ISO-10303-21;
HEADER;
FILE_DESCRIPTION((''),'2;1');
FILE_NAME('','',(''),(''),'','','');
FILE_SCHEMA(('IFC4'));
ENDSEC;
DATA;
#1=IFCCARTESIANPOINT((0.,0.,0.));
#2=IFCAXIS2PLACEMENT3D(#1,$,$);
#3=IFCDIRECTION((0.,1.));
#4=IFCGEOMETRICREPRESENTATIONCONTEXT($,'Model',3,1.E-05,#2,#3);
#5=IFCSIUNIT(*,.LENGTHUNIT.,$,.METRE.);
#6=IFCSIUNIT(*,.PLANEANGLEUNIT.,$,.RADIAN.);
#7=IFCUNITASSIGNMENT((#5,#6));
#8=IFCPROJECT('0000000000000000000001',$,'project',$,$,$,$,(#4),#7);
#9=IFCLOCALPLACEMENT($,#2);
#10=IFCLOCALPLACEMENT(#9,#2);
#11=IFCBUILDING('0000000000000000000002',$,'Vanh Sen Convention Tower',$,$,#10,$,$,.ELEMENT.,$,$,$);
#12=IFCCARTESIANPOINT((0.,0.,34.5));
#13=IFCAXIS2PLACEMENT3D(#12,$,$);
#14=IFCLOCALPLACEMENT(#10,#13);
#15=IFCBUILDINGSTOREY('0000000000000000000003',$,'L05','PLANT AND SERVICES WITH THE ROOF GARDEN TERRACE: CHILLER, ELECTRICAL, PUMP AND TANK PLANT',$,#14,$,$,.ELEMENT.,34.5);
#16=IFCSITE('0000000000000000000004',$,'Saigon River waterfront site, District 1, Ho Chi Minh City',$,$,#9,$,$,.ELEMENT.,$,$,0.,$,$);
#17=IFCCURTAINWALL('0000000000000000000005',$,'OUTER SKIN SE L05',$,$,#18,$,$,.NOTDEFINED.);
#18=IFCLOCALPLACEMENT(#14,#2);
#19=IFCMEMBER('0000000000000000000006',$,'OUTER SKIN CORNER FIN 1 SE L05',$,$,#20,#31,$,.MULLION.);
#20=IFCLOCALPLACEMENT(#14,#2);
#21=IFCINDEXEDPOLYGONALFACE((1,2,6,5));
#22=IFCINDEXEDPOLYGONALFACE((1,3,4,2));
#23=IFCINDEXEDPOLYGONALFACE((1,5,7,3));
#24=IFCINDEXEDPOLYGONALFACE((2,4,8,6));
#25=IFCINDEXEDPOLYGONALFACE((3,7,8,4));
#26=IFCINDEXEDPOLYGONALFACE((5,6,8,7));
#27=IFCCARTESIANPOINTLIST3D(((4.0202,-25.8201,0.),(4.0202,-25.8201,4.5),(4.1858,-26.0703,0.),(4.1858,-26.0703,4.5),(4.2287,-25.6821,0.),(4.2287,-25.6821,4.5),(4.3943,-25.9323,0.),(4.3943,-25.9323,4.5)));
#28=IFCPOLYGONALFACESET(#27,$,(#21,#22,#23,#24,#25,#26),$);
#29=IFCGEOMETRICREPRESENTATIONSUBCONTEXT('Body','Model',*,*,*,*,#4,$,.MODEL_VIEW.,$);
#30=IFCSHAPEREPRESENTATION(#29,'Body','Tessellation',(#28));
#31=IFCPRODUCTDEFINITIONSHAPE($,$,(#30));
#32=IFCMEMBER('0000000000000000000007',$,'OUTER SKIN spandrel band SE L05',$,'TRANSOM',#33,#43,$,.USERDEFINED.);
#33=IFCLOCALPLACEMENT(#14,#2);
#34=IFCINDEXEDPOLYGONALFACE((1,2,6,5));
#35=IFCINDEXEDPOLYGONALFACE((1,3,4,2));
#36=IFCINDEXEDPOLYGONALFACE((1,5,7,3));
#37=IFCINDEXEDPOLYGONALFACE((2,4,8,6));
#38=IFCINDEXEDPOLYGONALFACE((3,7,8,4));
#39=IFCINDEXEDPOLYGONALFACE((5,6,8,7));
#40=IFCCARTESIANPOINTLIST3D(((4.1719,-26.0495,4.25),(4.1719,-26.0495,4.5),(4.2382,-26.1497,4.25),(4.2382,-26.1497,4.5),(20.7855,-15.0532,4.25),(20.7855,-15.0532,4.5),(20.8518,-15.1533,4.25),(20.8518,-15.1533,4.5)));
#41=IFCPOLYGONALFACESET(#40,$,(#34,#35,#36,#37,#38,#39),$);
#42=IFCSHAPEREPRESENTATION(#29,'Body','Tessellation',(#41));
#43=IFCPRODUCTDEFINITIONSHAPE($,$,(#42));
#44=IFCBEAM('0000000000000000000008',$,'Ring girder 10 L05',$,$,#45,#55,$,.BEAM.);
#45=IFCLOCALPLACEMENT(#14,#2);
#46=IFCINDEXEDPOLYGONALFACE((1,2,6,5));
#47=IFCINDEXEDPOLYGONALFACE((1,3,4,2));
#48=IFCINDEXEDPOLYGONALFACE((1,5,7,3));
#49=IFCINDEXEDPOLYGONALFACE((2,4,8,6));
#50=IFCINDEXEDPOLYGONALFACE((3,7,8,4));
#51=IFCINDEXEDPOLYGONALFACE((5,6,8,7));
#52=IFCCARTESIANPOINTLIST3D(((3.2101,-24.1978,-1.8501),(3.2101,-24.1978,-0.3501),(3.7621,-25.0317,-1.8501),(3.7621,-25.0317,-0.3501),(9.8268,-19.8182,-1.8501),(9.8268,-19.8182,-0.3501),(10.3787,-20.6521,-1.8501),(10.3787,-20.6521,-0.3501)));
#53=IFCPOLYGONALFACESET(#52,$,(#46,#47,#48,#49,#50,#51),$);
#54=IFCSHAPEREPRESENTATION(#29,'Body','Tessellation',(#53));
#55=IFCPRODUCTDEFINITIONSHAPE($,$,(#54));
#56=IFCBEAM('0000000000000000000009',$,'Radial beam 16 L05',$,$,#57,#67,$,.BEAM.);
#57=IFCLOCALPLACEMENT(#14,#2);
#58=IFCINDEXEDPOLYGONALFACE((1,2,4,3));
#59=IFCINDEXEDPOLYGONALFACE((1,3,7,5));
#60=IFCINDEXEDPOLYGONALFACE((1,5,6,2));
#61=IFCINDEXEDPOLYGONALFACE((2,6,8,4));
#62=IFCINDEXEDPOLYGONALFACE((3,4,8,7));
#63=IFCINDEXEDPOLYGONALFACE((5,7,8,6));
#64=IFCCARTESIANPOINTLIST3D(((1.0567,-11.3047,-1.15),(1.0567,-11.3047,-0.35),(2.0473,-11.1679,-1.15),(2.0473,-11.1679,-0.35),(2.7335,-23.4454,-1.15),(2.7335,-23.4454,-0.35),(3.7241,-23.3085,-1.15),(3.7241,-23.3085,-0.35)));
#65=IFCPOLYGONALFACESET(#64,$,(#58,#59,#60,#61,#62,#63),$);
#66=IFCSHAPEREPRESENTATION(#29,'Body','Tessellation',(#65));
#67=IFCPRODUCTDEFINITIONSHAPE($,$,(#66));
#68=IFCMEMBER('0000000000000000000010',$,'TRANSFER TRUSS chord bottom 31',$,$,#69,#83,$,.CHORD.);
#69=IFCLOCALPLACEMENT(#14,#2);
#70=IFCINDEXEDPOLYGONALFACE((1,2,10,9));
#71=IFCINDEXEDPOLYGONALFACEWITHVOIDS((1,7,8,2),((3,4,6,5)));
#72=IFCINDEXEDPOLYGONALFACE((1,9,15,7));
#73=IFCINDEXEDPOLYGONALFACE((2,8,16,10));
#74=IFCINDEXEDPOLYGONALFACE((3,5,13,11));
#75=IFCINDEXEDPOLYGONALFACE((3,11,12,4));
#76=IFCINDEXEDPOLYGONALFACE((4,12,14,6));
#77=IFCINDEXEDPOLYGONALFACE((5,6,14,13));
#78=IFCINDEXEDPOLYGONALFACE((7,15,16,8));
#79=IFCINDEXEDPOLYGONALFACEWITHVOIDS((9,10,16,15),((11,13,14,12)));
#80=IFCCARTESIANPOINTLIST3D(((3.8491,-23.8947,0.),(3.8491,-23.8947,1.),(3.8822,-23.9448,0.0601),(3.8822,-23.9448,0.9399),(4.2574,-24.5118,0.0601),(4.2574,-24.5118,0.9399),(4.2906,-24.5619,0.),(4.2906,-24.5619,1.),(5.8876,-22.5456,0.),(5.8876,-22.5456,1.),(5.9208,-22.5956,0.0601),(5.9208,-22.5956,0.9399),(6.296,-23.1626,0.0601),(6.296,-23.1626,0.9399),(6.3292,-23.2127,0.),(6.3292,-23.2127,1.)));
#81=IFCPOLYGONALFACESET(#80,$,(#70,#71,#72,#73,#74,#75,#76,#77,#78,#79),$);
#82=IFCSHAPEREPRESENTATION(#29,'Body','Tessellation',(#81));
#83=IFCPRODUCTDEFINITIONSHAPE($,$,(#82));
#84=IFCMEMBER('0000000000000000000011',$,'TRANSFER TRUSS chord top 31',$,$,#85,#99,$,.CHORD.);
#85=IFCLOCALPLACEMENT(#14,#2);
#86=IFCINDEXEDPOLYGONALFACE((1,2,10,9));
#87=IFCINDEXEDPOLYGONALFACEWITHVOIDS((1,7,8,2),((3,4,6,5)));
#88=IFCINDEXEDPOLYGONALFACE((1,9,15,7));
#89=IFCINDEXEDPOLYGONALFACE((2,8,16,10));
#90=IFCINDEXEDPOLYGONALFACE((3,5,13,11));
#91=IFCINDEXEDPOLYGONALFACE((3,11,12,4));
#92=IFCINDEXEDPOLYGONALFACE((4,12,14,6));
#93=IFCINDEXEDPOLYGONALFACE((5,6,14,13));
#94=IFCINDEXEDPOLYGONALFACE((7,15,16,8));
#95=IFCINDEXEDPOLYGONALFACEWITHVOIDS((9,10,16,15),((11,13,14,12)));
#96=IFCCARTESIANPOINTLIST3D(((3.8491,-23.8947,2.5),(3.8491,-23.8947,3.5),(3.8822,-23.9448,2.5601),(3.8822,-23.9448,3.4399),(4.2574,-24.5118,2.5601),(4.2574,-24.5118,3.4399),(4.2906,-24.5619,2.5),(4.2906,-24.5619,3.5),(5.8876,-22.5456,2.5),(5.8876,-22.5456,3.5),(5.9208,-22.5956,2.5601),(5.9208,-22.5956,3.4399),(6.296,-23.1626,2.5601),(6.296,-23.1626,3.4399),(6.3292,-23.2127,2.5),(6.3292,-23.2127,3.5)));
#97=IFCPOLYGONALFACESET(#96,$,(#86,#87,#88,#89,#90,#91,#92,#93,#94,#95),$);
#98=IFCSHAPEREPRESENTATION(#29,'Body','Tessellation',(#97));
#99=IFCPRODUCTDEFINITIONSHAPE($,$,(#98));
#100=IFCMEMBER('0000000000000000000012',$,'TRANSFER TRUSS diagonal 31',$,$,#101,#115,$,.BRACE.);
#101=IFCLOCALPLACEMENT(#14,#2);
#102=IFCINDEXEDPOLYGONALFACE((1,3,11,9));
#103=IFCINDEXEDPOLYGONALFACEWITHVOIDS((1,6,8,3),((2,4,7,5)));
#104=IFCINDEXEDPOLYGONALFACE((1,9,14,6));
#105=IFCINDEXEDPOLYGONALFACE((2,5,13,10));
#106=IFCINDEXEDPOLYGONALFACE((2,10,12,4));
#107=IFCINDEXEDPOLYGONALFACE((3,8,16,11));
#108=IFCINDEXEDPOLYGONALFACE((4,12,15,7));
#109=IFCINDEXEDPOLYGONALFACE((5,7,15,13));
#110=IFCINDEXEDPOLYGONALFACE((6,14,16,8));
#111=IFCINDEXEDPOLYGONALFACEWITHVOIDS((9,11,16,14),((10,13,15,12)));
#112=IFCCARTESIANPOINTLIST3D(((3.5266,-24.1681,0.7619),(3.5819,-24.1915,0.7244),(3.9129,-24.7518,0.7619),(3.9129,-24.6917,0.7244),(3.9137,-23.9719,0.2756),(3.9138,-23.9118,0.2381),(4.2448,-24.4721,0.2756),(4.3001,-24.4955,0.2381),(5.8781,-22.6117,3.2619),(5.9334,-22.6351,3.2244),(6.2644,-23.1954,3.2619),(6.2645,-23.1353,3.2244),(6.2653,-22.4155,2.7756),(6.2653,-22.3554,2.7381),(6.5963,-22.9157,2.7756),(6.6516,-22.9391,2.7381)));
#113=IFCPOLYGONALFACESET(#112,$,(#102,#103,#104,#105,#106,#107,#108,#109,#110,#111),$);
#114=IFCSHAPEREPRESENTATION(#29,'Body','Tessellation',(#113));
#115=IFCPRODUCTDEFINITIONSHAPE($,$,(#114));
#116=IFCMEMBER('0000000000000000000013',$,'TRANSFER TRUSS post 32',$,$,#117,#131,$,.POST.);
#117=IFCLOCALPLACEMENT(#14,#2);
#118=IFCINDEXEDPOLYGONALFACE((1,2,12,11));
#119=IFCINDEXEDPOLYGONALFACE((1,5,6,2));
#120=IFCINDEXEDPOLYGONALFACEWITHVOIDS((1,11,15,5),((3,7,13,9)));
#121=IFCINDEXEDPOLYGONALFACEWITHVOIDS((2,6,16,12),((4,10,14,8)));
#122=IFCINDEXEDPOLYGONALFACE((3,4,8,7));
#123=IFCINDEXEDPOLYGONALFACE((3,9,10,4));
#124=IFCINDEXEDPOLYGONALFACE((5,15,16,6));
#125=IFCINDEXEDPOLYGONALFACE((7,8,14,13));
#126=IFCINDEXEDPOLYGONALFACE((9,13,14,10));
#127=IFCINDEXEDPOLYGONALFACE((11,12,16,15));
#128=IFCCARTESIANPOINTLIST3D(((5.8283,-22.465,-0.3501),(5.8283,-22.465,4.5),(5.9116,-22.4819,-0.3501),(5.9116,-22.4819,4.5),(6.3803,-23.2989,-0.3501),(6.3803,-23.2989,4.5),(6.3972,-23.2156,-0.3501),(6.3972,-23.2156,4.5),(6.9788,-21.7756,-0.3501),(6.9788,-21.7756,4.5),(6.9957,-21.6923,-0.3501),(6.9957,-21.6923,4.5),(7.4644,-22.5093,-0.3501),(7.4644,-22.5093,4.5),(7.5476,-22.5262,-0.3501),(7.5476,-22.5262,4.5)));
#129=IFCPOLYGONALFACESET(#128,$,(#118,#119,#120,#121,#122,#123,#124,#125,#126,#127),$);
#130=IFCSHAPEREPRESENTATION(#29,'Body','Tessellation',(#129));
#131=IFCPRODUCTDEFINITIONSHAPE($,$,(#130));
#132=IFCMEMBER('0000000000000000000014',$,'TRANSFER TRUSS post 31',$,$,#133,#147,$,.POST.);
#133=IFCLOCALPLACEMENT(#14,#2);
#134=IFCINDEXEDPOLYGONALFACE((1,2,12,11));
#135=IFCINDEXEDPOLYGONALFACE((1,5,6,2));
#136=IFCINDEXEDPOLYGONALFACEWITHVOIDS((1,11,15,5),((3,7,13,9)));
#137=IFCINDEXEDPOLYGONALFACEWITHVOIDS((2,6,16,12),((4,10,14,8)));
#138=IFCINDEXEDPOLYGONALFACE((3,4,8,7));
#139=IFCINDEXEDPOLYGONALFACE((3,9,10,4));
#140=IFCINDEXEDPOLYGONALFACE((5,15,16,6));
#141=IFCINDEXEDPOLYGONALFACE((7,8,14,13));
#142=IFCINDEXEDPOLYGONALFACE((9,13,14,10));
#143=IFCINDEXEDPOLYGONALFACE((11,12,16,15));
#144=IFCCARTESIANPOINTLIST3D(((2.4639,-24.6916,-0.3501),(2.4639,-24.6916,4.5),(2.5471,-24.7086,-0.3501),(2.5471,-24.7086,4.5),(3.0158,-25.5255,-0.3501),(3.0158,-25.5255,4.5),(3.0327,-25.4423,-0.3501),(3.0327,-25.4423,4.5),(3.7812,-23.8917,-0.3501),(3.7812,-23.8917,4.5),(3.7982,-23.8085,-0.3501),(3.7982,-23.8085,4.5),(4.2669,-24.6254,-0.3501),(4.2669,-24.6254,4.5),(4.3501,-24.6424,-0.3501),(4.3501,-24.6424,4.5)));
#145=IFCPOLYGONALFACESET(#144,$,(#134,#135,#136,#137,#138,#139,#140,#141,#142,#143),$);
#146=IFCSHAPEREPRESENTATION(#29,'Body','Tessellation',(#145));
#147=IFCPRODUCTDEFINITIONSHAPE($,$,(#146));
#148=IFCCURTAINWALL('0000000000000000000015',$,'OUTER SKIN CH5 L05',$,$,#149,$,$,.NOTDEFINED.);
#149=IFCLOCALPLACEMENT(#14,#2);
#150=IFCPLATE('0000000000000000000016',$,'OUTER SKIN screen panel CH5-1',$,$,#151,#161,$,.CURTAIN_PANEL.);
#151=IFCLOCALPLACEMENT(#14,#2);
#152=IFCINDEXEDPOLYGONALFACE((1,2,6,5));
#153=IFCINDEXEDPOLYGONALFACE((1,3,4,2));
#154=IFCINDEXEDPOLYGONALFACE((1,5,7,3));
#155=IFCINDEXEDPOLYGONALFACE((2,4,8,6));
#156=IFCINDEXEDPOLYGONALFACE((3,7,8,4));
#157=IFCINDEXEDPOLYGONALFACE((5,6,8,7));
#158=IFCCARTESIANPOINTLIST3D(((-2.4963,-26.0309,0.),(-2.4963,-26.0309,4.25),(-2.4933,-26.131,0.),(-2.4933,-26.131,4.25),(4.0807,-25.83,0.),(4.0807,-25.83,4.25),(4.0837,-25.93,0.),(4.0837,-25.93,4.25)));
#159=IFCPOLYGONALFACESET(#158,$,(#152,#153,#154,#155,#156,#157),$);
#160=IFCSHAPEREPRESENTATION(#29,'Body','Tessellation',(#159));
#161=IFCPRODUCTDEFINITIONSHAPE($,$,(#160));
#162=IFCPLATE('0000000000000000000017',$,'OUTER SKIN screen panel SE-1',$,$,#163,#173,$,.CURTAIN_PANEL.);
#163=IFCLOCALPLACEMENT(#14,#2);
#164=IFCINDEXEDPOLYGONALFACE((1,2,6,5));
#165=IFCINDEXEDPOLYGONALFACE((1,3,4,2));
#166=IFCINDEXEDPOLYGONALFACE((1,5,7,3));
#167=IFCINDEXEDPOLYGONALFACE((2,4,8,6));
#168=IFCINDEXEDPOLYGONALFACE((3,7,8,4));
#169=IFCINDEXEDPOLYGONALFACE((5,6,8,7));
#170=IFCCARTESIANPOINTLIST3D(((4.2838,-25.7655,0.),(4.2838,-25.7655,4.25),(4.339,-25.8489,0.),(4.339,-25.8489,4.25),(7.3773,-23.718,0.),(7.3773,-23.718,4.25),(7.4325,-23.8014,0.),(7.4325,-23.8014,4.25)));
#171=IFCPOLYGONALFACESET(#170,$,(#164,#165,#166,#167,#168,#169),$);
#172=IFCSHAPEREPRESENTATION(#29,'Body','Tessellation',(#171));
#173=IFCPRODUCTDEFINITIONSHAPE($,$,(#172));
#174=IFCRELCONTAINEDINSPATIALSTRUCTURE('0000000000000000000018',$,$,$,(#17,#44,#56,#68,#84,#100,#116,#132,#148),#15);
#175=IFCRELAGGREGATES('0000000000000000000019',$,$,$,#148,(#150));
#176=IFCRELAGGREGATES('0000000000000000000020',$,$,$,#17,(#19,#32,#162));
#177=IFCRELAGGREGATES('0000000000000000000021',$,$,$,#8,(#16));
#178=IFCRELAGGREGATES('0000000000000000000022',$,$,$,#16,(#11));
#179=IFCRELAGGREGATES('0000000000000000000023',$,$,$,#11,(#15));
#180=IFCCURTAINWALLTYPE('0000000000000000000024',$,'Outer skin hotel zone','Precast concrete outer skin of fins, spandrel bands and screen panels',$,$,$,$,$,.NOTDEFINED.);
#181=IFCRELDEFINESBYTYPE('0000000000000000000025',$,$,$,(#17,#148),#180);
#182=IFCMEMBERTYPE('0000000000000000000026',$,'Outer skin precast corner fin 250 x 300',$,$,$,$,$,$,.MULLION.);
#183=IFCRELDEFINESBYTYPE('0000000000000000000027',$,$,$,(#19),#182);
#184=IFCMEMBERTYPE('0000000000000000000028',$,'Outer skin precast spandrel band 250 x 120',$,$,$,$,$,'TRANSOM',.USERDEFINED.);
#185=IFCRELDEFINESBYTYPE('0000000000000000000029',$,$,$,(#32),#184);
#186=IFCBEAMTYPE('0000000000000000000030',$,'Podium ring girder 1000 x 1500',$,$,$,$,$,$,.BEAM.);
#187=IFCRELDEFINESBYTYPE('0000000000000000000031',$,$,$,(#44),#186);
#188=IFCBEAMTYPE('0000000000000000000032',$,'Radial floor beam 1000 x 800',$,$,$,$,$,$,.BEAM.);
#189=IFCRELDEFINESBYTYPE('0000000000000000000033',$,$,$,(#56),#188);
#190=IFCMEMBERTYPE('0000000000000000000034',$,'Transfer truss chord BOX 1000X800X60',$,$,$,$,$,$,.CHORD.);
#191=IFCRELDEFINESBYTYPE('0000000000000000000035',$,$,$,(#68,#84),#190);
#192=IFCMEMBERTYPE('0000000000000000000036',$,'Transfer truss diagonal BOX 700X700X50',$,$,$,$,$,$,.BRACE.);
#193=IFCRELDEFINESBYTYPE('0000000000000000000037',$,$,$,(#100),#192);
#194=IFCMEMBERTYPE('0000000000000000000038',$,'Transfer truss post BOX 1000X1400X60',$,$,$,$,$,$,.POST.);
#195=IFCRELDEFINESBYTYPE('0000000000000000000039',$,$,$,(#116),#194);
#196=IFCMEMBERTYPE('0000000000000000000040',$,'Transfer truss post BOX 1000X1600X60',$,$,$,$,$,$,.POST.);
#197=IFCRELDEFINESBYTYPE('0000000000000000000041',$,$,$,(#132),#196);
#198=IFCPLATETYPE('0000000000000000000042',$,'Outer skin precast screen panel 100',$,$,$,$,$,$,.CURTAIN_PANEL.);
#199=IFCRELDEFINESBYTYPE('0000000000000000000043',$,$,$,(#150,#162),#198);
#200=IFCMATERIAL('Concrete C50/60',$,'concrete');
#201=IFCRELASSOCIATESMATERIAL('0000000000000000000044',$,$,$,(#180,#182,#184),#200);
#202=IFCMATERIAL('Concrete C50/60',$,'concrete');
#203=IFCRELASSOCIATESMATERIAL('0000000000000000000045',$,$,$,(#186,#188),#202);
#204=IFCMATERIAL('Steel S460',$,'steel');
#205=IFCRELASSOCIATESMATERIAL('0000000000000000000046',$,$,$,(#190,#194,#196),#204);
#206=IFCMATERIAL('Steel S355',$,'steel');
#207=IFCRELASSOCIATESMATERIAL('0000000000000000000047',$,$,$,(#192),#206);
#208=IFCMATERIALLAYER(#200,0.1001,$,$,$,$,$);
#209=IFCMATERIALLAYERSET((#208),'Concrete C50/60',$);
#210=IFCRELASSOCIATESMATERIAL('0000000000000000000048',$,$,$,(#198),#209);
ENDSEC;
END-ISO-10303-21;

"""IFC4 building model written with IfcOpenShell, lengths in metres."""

from ifc_helpers import new_model, si_unit, direction, frame, origin, origin_2d, place, context, subcontext, project, spatial, rectangle, hollow_rectangle, extrude, material, layer, layer_set, material_profile, profile_set, type_object, element, aggregate, save


model = new_model("IFC4")

# Units and contexts
model_context = context("Model", 3, precision=1e-05, world=origin(), true_north=direction((0.0, 1.0)))
body_context = subcontext(model_context, "Body", "Model", "MODEL_VIEW")
ifc_project = project(units=[si_unit("LENGTHUNIT", "METRE"), si_unit("PLANEANGLEUNIT", "RADIAN")], contexts=[model_context])

# Site, building, storey
site_placement = place(None, origin())
site = spatial("IfcSite", under=ifc_project, at=site_placement, Name="Saigon River waterfront site, District 1, Ho Chi Minh City", CompositionType="ELEMENT", RefElevation=0.0)
building_placement = place(site_placement, origin())
building = spatial("IfcBuilding", under=site, at=building_placement, Name="Vanh Sen Convention Tower", CompositionType="ELEMENT")
storey_placement = place(building_placement, frame((0.0, 0.0, 34.5)))
storey = spatial("IfcBuildingStorey", under=building, at=storey_placement, Name="L05", Description="PLANT AND SERVICES WITH THE ROOF GARDEN TERRACE: CHILLER, ELECTRICAL, PUMP AND TANK PLANT", CompositionType="ELEMENT", Elevation=34.5)

# Curtain wall, members
ifc_material_1 = material(Name="Concrete C50/60", Category="concrete")
curtain_wall_type = type_object("IfcCurtainWallType", Name="Outer skin hotel zone", Description="Precast concrete outer skin of fins, spandrel bands and screen panels", PredefinedType="NOTDEFINED", material=ifc_material_1)
curtain_wall_1_placement = place(storey_placement, origin())
curtain_wall_1 = element("IfcCurtainWall", 1, at=curtain_wall_1_placement, inside=storey, type_object=curtain_wall_type, Name="OUTER SKIN SE L05", PredefinedType="NOTDEFINED")
ifc_material_profile_1 = material_profile(ifc_material_1, rectangle(XDim=0.25, YDim=0.3, at=origin_2d()), Name="Outer skin precast corner fin 250 x 300")
ifc_profile_set_1 = profile_set([ifc_material_profile_1], Name="Concrete C50/60")
member_type_1 = type_object("IfcMemberType", Name="Outer skin precast corner fin 250 x 300", PredefinedType="MULLION", material=ifc_profile_set_1)
member_1_placement = place(storey_placement, frame((4.2073, -25.8762, 0.0), z_axis=(0.0, 0.0, 1.0), x_axis=(0.833886, 0.551937, 0.0)))
member_1 = element("IfcMember", 2, at=member_1_placement, type_object=member_type_1, Name="OUTER SKIN CORNER FIN 1 SE L05", PredefinedType="MULLION", context=body_context, shape_type="SweptSolid", body=[
    extrude(rectangle(XDim=0.25, YDim=0.3, at=origin_2d()), origin(), (0.0, 0.0, 1.0), 4.5),
])
ifc_material_profile_2 = material_profile(ifc_material_1, rectangle(XDim=0.1201, YDim=0.25, at=origin_2d()), Name="Outer skin precast spandrel band 250 x 120")
ifc_profile_set_2 = profile_set([ifc_material_profile_2], Name="Concrete C50/60")
member_type_2 = type_object("IfcMemberType", Name="Outer skin precast spandrel band 250 x 120", ElementType="TRANSOM", PredefinedType="USERDEFINED", material=ifc_profile_set_2)
member_2_placement = place(storey_placement, frame((4.2051, -26.0996, 4.375), z_axis=(0.833884, 0.55194, 0.0), x_axis=(-0.55194, 0.833884, 0.0)))
member_2 = element("IfcMember", 3, at=member_2_placement, type_object=member_type_2, Name="OUTER SKIN spandrel band SE L05", ObjectType="TRANSOM", PredefinedType="USERDEFINED", context=body_context, shape_type="SweptSolid", body=[
    extrude(rectangle(XDim=0.1201, YDim=0.25, at=origin_2d()), origin(), (0.0, 0.0, 1.0), 19.9231),
])

# Beams
ifc_material_2 = material(Name="Concrete C50/60", Category="concrete")
ifc_material_profile_3 = material_profile(ifc_material_2, rectangle(XDim=1.0, YDim=1.5, at=origin_2d()), Name="RC 1000X1500")
ifc_profile_set_3 = profile_set([ifc_material_profile_3], Name="Concrete C50/60")
beam_type_1 = type_object("IfcBeamType", Name="Podium ring girder 1000 x 1500", PredefinedType="BEAM", material=ifc_profile_set_3)
beam_1_placement = place(storey_placement, frame((3.4861, -24.6147, -1.1001), z_axis=(0.833878, 0.551949, 0.0), x_axis=(-0.551949, 0.833878, 0.0)))
element("IfcBeam", 4, at=beam_1_placement, inside=storey, type_object=beam_type_1, Name="Ring girder 10 L05", PredefinedType="BEAM", context=body_context, shape_type="SweptSolid", body=[
    extrude(rectangle(XDim=1.0, YDim=1.5, at=origin_2d()), origin(), (0.0, 0.0, 1.0), 7.9348),
])
ifc_material_profile_4 = material_profile(ifc_material_2, rectangle(XDim=1.0, YDim=0.8, at=origin_2d()), Name="RC 1000X800")
ifc_profile_set_4 = profile_set([ifc_material_profile_4], Name="Concrete C50/60")
beam_type_2 = type_object("IfcBeamType", Name="Radial floor beam 1000 x 800", PredefinedType="BEAM", material=ifc_profile_set_4)
beam_2_placement = place(storey_placement, frame((3.2288, -23.377, -0.75), z_axis=(-0.136813, 0.990597, 0.0), x_axis=(-0.990597, -0.136813, 0.0)))
element("IfcBeam", 5, at=beam_2_placement, inside=storey, type_object=beam_type_2, Name="Radial beam 16 L05", PredefinedType="BEAM", context=body_context, shape_type="SweptSolid", body=[
    extrude(rectangle(XDim=1.0, YDim=0.8, at=origin_2d()), origin(), (0.0, 0.0, 1.0), 12.2559),
])

# Members
ifc_material_3 = material(Name="Steel S460", Category="steel")
ifc_material_profile_5 = material_profile(ifc_material_3, hollow_rectangle(XDim=0.8, YDim=1.0, WallThickness=0.0601, at=origin_2d()), Name="BOX 1000X800X60")
ifc_profile_set_5 = profile_set([ifc_material_profile_5], Name="Steel S460")
member_type_3 = type_object("IfcMemberType", Name="Transfer truss chord BOX 1000X800X60", PredefinedType="CHORD", material=ifc_profile_set_5)
for number, where, z_axis, x_axis, name in (
    (6, (4.0698, -24.2283, 0.5), (0.83392, 0.551885, 0.0), (-0.551885, 0.83392, 0.0), "TRANSFER TRUSS chord bottom 31"),
    (7, (4.0698, -24.2283, 3.0), (0.83392, 0.551885, 0.0), (-0.551885, 0.83392, 0.0), "TRANSFER TRUSS chord top 31"),
):
    element("IfcMember", number, at=place(storey_placement, frame(where, z_axis=z_axis, x_axis=x_axis)), inside=storey, type_object=member_type_3, Name=name, PredefinedType="CHORD", context=body_context, shape_type="SweptSolid", body=[
        extrude(hollow_rectangle(XDim=0.8, YDim=1.0, WallThickness=0.0601, at=origin_2d()), origin(), (0.0, 0.0, 1.0), 2.4446),
    ])
ifc_material_4 = material(Name="Steel S355", Category="steel")
ifc_material_profile_6 = material_profile(ifc_material_4, hollow_rectangle(XDim=0.7, YDim=0.7, WallThickness=0.05, at=origin_2d()), Name="BOX 700X700X50")
ifc_profile_set_6 = profile_set([ifc_material_profile_6], Name="Steel S355")
member_type_4 = type_object("IfcMemberType", Name="Transfer truss diagonal BOX 700X700X50", PredefinedType="BRACE", material=ifc_profile_set_6)
member_3_placement = place(storey_placement, frame((3.9133, -24.3318, 0.5), z_axis=(0.623991, 0.412993, 0.663379), x_axis=(-0.55192, 0.833897, 0.0)))
element("IfcMember", 8, at=member_3_placement, inside=storey, type_object=member_type_4, Name="TRANSFER TRUSS diagonal 31", PredefinedType="BRACE", context=body_context, shape_type="SweptSolid", body=[
    extrude(hollow_rectangle(XDim=0.7, YDim=0.7, WallThickness=0.05, at=origin_2d()), origin(), (0.0, 0.0, 1.0), 3.7686),
])
ifc_material_profile_7 = material_profile(ifc_material_3, hollow_rectangle(XDim=1.3999, YDim=1.0, WallThickness=0.0601, at=origin_2d()), Name="BOX 1000X1400X60")
ifc_profile_set_7 = profile_set([ifc_material_profile_7], Name="Steel S460")
member_type_5 = type_object("IfcMemberType", Name="Transfer truss post BOX 1000X1400X60", PredefinedType="POST", material=ifc_profile_set_7)
member_4_placement = place(storey_placement, frame((6.688, -22.4956, -0.3501), z_axis=(0.0, 0.0, 1.0), x_axis=(0.833886, 0.551937, 0.0)))
element("IfcMember", 9, at=member_4_placement, inside=storey, type_object=member_type_5, Name="TRANSFER TRUSS post 32", PredefinedType="POST", context=body_context, shape_type="SweptSolid", body=[
    extrude(hollow_rectangle(XDim=1.3999, YDim=1.0, WallThickness=0.0601, at=origin_2d()), origin(), (0.0, 0.0, 1.0), 4.8501),
])
ifc_material_profile_8 = material_profile(ifc_material_3, hollow_rectangle(XDim=1.6001, YDim=1.0, WallThickness=0.0601, at=origin_2d()), Name="BOX 1000X1600X60")
ifc_profile_set_8 = profile_set([ifc_material_profile_8], Name="Steel S460")
member_type_6 = type_object("IfcMemberType", Name="Transfer truss post BOX 1000X1600X60", PredefinedType="POST", material=ifc_profile_set_8)
member_5_placement = place(storey_placement, frame((3.407, -24.667, -0.3501), z_axis=(0.0, 0.0, 1.0), x_axis=(0.833886, 0.551937, 0.0)))
element("IfcMember", 10, at=member_5_placement, inside=storey, type_object=member_type_6, Name="TRANSFER TRUSS post 31", PredefinedType="POST", context=body_context, shape_type="SweptSolid", body=[
    extrude(hollow_rectangle(XDim=1.6001, YDim=1.0, WallThickness=0.0601, at=origin_2d()), origin(), (0.0, 0.0, 1.0), 4.8501),
])

# Curtain wall, plate
curtain_wall_2_placement = place(storey_placement, origin())
curtain_wall_2 = element("IfcCurtainWall", 11, at=curtain_wall_2_placement, inside=storey, type_object=curtain_wall_type, Name="OUTER SKIN CH5 L05", PredefinedType="NOTDEFINED")
ifc_layer_1 = layer(ifc_material_1, 0.1001)
ifc_layer_set_1 = layer_set([ifc_layer_1], Name="Concrete C50/60")
plate_type = type_object("IfcPlateType", Name="Outer skin precast screen panel 100", PredefinedType="CURTAIN_PANEL", material=ifc_layer_set_1)
plate_1_placement = place(storey_placement, frame((0.7937, -25.9805, 0.0), z_axis=(0.0, 0.0, 1.0), x_axis=(0.999533, 0.030542, 0.0)))
plate_1 = element("IfcPlate", 12, at=plate_1_placement, type_object=plate_type, Name="OUTER SKIN screen panel CH5-1", PredefinedType="CURTAIN_PANEL", context=body_context, shape_type="SweptSolid", body=[
    extrude(rectangle(XDim=6.5801, YDim=0.1001, at=origin_2d()), origin(), (0.0, 0.0, 1.0), 4.25),
])
aggregate(curtain_wall_2, [plate_1])

# Plate
plate_2_placement = place(storey_placement, frame((5.8582, -24.7834, 0.0), z_axis=(0.0, 0.0, 1.0), x_axis=(0.833892, 0.551928, 0.0)))
plate_2 = element("IfcPlate", 13, at=plate_2_placement, type_object=plate_type, Name="OUTER SKIN screen panel SE-1", PredefinedType="CURTAIN_PANEL", context=body_context, shape_type="SweptSolid", body=[
    extrude(rectangle(XDim=3.7097, YDim=0.1001, at=origin_2d()), origin(), (0.0, 0.0, 1.0), 4.25),
])
aggregate(curtain_wall_1, [member_1, member_2, plate_2])

save(model, "model.ifc")
